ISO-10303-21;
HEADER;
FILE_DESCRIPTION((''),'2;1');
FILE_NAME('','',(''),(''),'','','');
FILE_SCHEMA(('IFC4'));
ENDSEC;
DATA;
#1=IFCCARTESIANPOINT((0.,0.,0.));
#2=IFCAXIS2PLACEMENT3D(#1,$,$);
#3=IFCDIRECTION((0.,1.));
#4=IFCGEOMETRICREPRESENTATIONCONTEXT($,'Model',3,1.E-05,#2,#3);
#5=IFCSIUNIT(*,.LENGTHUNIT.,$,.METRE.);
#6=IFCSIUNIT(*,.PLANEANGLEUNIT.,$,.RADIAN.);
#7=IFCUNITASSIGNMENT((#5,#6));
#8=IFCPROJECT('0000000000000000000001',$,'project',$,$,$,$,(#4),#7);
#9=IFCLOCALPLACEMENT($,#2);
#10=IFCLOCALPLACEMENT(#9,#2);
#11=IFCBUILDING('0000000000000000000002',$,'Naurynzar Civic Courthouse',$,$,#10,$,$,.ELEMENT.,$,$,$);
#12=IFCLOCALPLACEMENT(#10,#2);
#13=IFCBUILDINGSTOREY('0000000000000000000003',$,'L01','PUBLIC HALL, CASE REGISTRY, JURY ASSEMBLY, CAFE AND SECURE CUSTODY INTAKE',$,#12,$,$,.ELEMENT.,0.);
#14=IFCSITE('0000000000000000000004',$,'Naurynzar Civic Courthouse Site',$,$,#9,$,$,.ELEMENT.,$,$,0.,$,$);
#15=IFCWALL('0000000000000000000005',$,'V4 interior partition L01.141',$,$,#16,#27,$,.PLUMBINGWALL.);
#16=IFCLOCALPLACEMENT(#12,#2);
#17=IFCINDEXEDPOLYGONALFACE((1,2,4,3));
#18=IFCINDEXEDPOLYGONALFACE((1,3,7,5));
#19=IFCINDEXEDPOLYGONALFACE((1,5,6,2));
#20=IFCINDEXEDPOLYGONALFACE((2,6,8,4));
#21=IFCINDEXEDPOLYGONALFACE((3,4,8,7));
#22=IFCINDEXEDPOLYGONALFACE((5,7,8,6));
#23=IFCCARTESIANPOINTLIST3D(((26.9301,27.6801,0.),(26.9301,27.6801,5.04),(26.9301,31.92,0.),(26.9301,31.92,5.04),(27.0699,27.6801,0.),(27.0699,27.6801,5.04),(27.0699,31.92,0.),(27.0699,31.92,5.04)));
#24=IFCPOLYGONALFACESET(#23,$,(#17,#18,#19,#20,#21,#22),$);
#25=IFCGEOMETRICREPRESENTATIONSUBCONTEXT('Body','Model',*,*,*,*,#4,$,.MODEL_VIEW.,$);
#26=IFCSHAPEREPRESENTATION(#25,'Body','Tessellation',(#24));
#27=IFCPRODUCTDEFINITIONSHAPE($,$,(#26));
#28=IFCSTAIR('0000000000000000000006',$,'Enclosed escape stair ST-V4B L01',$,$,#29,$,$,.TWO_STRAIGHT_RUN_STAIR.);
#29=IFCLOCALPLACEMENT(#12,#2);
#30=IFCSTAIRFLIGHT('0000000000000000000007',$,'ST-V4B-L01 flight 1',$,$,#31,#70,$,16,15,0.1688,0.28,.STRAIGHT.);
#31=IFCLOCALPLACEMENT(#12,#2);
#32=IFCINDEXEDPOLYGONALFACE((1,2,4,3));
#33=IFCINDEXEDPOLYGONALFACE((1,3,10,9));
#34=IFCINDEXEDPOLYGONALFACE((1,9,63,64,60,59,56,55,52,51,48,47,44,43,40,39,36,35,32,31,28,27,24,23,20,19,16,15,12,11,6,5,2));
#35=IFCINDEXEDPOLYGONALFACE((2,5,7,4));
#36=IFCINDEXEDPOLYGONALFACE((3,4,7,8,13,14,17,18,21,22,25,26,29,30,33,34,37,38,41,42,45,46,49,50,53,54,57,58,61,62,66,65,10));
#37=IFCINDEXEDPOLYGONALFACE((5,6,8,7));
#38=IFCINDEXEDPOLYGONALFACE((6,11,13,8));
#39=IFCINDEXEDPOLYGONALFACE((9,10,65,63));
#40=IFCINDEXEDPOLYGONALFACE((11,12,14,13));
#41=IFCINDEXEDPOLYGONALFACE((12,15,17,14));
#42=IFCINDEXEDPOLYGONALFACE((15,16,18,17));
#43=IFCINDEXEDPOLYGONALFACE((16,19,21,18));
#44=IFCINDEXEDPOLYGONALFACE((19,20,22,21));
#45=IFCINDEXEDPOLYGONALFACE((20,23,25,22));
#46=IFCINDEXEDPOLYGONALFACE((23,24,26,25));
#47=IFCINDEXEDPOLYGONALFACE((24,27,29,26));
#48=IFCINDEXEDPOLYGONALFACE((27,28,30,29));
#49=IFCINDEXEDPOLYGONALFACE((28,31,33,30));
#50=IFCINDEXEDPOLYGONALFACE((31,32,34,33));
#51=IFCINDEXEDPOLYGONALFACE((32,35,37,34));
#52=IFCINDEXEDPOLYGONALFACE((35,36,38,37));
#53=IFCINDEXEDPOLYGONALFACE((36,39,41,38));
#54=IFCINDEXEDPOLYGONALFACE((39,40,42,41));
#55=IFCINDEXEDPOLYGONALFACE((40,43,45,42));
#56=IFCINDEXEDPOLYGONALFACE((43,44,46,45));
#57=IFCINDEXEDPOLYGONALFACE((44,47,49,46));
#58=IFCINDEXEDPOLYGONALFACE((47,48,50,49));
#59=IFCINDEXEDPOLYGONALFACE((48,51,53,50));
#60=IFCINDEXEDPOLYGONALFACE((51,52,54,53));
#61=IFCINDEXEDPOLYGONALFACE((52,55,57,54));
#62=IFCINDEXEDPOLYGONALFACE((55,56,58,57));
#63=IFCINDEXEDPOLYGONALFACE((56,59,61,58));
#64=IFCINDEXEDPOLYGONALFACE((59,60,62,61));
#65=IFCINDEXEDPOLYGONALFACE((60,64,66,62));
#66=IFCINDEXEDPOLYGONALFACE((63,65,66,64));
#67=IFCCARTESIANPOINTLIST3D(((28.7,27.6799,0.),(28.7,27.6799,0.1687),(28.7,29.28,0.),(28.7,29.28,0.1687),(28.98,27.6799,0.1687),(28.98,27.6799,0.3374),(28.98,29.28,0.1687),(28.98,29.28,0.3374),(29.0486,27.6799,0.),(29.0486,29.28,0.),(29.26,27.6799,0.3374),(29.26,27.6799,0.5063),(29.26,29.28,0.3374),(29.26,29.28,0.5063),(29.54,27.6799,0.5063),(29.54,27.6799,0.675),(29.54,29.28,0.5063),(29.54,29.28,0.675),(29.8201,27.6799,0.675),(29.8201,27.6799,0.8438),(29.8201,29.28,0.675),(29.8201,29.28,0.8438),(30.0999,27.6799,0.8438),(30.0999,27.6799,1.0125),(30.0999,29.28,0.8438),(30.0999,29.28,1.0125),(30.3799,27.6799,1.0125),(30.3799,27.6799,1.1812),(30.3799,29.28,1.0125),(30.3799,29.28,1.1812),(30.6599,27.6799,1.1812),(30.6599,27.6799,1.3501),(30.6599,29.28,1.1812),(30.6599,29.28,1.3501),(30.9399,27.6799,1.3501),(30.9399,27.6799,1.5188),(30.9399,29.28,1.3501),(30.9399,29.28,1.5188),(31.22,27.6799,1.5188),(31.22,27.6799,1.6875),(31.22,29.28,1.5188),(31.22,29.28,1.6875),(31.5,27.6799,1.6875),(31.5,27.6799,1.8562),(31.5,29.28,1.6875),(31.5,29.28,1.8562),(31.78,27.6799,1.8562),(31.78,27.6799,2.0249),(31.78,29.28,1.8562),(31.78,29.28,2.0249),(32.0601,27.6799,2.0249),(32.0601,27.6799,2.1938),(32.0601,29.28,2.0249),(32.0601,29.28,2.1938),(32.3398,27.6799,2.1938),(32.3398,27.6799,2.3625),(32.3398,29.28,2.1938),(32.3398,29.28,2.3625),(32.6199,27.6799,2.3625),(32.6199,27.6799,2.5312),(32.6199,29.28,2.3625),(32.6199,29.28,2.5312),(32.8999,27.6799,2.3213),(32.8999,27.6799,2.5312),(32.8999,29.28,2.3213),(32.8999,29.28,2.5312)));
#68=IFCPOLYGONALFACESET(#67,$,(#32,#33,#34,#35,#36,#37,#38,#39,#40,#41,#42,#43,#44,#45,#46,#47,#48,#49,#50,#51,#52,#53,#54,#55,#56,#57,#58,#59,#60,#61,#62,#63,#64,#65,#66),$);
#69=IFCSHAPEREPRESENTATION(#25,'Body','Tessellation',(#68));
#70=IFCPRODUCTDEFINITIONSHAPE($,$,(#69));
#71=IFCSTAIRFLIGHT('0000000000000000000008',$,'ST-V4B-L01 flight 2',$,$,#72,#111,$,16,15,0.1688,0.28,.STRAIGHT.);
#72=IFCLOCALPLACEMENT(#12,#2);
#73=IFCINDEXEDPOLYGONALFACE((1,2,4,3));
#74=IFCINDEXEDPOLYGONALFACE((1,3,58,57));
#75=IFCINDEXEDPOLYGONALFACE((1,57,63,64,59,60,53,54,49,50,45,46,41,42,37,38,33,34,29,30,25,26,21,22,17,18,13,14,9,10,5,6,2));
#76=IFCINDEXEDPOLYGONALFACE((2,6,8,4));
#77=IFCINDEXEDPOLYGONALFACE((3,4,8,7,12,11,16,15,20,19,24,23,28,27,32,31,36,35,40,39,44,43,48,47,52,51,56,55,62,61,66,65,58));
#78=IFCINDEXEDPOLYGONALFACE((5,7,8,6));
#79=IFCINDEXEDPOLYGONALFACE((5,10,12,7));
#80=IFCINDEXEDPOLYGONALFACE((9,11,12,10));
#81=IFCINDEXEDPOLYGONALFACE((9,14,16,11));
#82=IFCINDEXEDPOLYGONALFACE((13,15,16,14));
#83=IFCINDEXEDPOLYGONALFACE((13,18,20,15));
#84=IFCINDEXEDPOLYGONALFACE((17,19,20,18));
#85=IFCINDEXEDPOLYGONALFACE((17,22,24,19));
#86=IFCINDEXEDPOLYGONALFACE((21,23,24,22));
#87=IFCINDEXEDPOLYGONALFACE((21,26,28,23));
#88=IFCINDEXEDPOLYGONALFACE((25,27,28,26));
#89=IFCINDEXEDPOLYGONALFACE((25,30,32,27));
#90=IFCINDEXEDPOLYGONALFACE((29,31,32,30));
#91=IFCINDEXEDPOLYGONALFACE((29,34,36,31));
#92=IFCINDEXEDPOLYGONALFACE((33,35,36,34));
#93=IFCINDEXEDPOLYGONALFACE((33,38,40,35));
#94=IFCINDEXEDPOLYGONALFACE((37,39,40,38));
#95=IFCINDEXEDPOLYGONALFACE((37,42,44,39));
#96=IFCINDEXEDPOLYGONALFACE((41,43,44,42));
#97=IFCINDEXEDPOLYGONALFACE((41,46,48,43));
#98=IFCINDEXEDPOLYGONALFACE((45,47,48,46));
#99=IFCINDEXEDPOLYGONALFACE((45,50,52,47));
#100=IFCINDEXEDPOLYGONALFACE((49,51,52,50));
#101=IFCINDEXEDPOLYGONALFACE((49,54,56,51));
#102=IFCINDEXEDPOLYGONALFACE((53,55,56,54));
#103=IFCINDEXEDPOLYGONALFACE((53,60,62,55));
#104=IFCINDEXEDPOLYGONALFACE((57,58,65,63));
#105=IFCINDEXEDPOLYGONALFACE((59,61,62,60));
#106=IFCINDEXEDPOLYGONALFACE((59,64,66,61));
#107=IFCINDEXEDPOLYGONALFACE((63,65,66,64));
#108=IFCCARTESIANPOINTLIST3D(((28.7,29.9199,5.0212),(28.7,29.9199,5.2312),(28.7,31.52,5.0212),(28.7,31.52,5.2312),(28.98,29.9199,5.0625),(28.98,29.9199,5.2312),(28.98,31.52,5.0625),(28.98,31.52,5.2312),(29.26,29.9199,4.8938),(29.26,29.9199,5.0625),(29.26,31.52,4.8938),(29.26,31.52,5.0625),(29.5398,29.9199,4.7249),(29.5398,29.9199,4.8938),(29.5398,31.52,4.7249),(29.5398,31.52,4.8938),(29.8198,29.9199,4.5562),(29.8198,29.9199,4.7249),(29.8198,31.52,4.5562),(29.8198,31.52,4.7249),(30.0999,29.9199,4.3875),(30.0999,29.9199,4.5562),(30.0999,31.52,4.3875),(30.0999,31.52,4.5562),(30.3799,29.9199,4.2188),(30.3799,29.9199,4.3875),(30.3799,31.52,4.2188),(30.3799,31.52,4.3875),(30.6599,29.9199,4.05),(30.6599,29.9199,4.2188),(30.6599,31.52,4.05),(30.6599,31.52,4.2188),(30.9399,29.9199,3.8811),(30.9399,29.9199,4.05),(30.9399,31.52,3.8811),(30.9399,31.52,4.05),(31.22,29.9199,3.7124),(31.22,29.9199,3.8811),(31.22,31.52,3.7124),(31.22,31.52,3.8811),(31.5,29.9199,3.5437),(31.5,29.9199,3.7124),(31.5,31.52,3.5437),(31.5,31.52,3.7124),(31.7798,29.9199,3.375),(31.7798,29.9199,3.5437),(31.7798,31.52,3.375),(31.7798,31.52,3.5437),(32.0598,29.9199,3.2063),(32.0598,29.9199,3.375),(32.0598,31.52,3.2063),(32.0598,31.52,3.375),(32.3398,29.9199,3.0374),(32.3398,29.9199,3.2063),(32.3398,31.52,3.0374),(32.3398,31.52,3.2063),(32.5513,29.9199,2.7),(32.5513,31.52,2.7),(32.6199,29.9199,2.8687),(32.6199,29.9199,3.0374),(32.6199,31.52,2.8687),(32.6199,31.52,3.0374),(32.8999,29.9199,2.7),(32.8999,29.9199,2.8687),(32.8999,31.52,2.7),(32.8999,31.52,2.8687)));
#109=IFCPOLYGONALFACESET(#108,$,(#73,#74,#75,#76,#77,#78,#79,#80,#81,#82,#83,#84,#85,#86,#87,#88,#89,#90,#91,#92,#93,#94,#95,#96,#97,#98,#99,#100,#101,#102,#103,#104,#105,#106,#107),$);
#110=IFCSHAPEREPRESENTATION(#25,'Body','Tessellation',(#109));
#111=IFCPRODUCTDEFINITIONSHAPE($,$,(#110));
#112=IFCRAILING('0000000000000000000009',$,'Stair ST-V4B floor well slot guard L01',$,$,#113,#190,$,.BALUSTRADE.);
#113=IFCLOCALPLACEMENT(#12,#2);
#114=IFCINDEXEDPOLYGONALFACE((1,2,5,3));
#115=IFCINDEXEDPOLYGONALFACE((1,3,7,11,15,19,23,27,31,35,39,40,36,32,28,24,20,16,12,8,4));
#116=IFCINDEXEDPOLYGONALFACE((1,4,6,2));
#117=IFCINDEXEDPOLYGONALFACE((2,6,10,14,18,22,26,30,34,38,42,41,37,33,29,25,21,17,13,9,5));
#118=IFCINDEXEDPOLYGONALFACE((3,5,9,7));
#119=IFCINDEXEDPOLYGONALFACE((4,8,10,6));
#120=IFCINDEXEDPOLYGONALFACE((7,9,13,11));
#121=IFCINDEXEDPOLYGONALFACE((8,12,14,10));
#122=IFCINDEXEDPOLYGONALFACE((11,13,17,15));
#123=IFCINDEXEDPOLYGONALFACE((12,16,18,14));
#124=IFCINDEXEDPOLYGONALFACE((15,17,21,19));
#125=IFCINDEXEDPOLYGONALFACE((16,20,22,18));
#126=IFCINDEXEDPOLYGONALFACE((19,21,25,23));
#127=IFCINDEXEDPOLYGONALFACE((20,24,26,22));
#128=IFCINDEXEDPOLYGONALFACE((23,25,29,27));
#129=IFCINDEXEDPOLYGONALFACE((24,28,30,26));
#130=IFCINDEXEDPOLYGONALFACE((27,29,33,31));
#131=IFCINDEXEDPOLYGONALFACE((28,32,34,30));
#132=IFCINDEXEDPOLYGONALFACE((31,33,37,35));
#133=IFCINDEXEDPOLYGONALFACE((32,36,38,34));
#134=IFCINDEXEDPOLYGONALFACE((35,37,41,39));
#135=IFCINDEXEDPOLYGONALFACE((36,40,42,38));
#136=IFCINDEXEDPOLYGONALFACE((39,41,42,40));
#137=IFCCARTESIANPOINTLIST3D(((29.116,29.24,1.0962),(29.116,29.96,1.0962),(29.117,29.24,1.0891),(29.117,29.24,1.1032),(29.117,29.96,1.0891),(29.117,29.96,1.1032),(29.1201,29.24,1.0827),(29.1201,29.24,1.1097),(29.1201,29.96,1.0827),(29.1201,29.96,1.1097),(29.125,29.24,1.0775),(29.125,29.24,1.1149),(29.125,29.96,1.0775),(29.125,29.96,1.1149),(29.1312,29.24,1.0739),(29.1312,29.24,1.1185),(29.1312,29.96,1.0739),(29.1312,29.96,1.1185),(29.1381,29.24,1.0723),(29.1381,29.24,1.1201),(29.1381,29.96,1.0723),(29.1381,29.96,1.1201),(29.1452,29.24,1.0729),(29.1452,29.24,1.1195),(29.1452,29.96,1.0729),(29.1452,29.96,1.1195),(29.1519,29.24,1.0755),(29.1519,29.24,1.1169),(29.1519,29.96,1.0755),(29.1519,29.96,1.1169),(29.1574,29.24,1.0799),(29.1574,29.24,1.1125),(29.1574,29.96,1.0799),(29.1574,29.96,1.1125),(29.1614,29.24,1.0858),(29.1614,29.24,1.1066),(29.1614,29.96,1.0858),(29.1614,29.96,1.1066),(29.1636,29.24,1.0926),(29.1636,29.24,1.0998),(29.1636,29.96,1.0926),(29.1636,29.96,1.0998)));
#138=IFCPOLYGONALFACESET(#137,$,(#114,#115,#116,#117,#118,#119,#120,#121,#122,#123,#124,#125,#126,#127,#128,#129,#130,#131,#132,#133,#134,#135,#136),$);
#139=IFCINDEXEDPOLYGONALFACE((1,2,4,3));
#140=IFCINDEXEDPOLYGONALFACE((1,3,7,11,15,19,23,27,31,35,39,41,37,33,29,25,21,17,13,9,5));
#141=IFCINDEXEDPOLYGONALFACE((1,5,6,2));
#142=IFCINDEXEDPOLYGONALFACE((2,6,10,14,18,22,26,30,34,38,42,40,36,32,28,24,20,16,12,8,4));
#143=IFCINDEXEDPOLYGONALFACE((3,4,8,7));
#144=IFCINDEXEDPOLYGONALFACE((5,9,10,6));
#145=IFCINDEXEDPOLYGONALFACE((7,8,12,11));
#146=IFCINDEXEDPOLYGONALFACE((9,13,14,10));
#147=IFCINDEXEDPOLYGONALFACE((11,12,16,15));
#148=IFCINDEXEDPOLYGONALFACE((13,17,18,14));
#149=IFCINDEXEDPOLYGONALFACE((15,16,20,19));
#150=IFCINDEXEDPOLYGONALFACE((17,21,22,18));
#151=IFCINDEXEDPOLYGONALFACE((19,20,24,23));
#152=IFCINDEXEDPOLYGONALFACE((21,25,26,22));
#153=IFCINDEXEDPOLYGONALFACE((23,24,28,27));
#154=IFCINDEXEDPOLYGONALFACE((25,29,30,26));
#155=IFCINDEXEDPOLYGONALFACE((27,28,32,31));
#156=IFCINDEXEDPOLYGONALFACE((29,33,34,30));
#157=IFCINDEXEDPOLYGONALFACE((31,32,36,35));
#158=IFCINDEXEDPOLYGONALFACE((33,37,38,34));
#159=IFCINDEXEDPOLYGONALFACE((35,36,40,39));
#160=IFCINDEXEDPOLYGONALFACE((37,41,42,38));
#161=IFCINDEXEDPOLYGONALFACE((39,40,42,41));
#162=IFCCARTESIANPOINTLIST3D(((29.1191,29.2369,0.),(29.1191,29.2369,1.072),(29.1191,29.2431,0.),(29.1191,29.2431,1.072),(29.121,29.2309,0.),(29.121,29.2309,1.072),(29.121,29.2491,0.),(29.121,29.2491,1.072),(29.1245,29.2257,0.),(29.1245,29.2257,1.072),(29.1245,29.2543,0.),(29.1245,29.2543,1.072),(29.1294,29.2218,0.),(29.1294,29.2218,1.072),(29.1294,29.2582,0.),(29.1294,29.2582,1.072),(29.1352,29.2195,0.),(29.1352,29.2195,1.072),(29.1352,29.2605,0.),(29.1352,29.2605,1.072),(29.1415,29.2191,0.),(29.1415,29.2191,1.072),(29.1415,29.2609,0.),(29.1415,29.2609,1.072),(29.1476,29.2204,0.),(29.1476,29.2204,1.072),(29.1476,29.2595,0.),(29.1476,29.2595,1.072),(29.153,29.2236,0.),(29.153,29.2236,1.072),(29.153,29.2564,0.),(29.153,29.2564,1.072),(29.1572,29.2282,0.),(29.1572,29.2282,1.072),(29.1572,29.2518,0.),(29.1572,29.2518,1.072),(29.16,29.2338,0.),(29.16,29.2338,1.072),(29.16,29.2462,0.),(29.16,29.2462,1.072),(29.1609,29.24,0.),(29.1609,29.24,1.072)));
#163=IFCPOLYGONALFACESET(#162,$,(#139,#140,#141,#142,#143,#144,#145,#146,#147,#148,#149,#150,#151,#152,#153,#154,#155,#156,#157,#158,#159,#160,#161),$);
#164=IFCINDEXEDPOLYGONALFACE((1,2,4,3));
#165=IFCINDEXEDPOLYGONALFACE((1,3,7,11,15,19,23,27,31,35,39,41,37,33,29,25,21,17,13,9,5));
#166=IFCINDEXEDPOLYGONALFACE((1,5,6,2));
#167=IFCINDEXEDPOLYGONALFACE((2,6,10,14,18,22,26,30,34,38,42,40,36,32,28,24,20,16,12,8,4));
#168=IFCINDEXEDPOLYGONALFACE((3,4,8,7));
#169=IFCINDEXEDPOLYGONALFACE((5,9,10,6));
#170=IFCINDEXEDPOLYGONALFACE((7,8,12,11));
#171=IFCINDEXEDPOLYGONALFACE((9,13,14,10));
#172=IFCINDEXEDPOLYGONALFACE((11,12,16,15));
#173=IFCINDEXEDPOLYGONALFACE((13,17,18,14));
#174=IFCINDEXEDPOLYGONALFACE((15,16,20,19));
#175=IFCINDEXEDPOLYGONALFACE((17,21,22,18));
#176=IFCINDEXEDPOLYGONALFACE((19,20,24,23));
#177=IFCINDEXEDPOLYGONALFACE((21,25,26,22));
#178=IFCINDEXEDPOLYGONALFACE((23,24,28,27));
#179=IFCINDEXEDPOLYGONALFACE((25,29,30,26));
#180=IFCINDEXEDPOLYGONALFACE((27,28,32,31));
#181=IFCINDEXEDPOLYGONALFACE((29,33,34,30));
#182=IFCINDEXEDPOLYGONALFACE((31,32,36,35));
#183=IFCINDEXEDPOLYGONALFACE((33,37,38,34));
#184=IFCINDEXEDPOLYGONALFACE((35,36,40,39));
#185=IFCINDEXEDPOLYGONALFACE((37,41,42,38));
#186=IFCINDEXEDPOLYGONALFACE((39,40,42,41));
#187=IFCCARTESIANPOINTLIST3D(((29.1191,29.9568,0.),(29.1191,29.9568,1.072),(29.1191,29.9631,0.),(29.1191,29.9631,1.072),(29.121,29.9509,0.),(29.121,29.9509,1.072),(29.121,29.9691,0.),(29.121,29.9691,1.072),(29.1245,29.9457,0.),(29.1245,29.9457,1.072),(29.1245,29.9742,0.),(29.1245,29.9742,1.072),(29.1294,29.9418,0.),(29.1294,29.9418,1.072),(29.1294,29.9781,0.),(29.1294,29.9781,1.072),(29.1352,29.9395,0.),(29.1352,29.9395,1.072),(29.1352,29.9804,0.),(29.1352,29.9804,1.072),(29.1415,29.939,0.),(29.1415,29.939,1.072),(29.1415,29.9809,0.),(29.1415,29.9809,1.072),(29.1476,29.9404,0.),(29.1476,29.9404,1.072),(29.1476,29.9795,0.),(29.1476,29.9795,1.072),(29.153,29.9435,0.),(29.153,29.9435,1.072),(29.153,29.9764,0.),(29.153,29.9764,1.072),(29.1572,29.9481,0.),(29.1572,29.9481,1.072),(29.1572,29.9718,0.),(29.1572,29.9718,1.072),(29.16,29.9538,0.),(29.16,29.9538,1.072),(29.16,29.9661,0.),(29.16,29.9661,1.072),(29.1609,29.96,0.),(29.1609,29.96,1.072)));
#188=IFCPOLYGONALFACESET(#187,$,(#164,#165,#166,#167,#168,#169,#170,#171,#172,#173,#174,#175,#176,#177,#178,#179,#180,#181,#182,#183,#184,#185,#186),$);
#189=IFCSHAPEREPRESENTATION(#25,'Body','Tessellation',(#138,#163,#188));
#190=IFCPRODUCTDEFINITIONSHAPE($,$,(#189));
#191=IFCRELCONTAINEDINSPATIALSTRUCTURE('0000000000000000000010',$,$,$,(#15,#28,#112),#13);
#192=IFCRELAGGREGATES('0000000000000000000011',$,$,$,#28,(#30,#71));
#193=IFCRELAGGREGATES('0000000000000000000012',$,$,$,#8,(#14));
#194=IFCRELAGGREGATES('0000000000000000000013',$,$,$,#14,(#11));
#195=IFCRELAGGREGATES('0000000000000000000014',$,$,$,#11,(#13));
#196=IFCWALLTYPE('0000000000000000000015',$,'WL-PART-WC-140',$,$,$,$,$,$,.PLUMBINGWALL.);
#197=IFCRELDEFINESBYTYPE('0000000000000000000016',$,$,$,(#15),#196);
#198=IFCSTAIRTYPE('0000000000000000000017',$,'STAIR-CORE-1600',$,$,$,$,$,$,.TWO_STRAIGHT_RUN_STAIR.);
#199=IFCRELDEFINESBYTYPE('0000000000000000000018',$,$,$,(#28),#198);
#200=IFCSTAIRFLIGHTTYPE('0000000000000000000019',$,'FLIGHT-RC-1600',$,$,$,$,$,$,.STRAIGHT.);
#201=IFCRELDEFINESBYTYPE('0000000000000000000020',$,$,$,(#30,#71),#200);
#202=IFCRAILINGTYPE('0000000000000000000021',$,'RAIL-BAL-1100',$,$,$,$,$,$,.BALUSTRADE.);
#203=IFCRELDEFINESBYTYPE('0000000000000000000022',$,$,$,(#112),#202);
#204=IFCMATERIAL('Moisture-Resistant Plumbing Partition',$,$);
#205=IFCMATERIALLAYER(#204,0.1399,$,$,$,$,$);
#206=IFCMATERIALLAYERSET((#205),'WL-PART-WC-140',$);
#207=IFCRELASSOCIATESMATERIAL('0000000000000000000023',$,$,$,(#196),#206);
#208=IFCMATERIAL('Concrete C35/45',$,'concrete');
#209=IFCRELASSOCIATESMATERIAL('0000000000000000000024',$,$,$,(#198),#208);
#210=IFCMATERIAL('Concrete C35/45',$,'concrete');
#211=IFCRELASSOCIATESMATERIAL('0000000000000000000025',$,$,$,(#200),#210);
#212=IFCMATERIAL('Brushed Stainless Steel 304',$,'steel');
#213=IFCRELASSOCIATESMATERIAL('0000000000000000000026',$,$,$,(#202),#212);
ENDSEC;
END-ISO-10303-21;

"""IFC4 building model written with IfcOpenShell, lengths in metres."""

from ifc_helpers import new_model, si_unit, direction, frame, frame_2d, origin, origin_2d, place, context, subcontext, project, spatial, polyline, rectangle, circle, outline, extrude, material, layer, layer_set, type_object, element, aggregate, save


model = new_model("IFC4")

# Units and contexts
model_context = context("Model", 3, precision=1e-05, world=origin(), true_north=direction((0.0, 1.0)))
body_context = subcontext(model_context, "Body", "Model", "MODEL_VIEW")
ifc_project = project(units=[si_unit("LENGTHUNIT", "METRE"), si_unit("PLANEANGLEUNIT", "RADIAN")], contexts=[model_context])

# Site, building, storey
site_placement = place(None, origin())
site = spatial("IfcSite", under=ifc_project, at=site_placement, Name="Naurynzar Civic Courthouse Site", CompositionType="ELEMENT", RefElevation=0.0)
building_placement = place(site_placement, origin())
building = spatial("IfcBuilding", under=site, at=building_placement, Name="Naurynzar Civic Courthouse", CompositionType="ELEMENT")
storey_placement = place(building_placement, origin())
storey = spatial("IfcBuildingStorey", under=building, at=storey_placement, Name="L01", Description="PUBLIC HALL, CASE REGISTRY, JURY ASSEMBLY, CAFE AND SECURE CUSTODY INTAKE", CompositionType="ELEMENT", Elevation=0.0)

# Shared definitions
ifc_material_1 = material(Name="Moisture-Resistant Plumbing Partition")
ifc_layer_1 = layer(ifc_material_1, 0.1399)
ifc_layer_set_1 = layer_set([ifc_layer_1], Name="WL-PART-WC-140")
wall_type_1 = type_object("IfcWallType", Name="WL-PART-WC-140", PredefinedType="PLUMBINGWALL", material=ifc_layer_set_1)

# Wall
for number, where, z_axis, x_axis, name in (
    (1, (27.0, 27.6799, 0.0), (0.0, 0.0, 1.0), (0.0, 1.0, 0.0), "V4 interior partition L01.141"),
):
    element("IfcWall", number, at=place(storey_placement, frame(where, z_axis=z_axis, x_axis=x_axis)), inside=storey, type_object=wall_type_1, Name=name, PredefinedType="PLUMBINGWALL", context=body_context, shape_type="SweptSolid", body=[
        extrude(rectangle(XDim=4.24, YDim=0.1399, at=frame_2d((2.1201, 0.0))), origin(), (0.0, 0.0, 1.0), 5.04),
    ])

# Stair, stair flights
ifc_material_2 = material(Name="Concrete C35/45", Category="concrete")
stair_type = type_object("IfcStairType", Name="STAIR-CORE-1600", PredefinedType="TWO_STRAIGHT_RUN_STAIR", material=ifc_material_2)
stair_placement = place(storey_placement, origin())
stair = element("IfcStair", 2, at=stair_placement, inside=storey, type_object=stair_type, Name="Enclosed escape stair ST-V4B L01", PredefinedType="TWO_STRAIGHT_RUN_STAIR")
ifc_material_3 = material(Name="Concrete C35/45", Category="concrete")
stair_flight_type = type_object("IfcStairFlightType", Name="FLIGHT-RC-1600", PredefinedType="STRAIGHT", material=ifc_material_3)
stair_flight_1_placement = place(storey_placement, frame((28.7, 28.48, 0.0), z_axis=(0.0, 0.0, 1.0), x_axis=(1.0, 0.0, 0.0)))
stair_flight_1 = element("IfcStairFlight", 3, at=stair_flight_1_placement, type_object=stair_flight_type, Name="ST-V4B-L01 flight 1", NumberOfRisers=16, NumberOfTreads=15, PredefinedType="STRAIGHT", RiserHeight=0.1688, TreadLength=0.28, context=body_context, shape_type="SweptSolid", body=[
    extrude(outline(polyline([(0.0, 0.0), (0.0, 0.1687), (0.28, 0.1687), (0.28, 0.3374), (0.5601, 0.3374), (0.5601, 0.5063), (0.8401, 0.5063), (0.8401, 0.675), (1.1201, 0.675), (1.1201, 0.8438), (1.3999, 0.8438), (1.3999, 1.0125), (1.6799, 1.0125), (1.6799, 1.1812), (1.96, 1.1812), (1.96, 1.3501), (2.24, 1.3501), (2.24, 1.5188), (2.52, 1.5188), (2.52, 1.6875), (2.8, 1.6875), (2.8, 1.8562), (3.0801, 1.8562), (3.0801, 2.0249), (3.3601, 2.0249), (3.3601, 2.1938), (3.6399, 2.1938), (3.6399, 2.3625), (3.9199, 2.3625), (3.9199, 2.5312), (4.2, 2.5312), (4.2, 2.7), (4.2, 2.3213), (0.3486, 0.0), (0.0, 0.0)])), frame((0.0, 0.8, 0.0), z_axis=(0.0, -1.0, 0.0), x_axis=(1.0, 0.0, 0.0)), (0.0, 0.0, 1.0), 1.6001),
])
stair_flight_2_placement = place(storey_placement, frame((32.8999, 30.72, 2.7), z_axis=(0.0, 0.0, 1.0), x_axis=(-1.0, 0.0, 0.0)))
stair_flight_2 = element("IfcStairFlight", 4, at=stair_flight_2_placement, type_object=stair_flight_type, Name="ST-V4B-L01 flight 2", NumberOfRisers=16, NumberOfTreads=15, PredefinedType="STRAIGHT", RiserHeight=0.1688, TreadLength=0.28, context=body_context, shape_type="SweptSolid", body=[
    extrude(outline(polyline([(0.0, 0.0), (0.0, 0.1687), (0.28, 0.1687), (0.28, 0.3374), (0.5601, 0.3374), (0.5601, 0.5063), (0.8401, 0.5063), (0.8401, 0.675), (1.1201, 0.675), (1.1201, 0.8438), (1.3999, 0.8438), (1.3999, 1.0125), (1.6799, 1.0125), (1.6799, 1.1812), (1.96, 1.1812), (1.96, 1.3501), (2.24, 1.3501), (2.24, 1.5188), (2.52, 1.5188), (2.52, 1.6875), (2.8, 1.6875), (2.8, 1.8562), (3.0801, 1.8562), (3.0801, 2.0249), (3.3601, 2.0249), (3.3601, 2.1938), (3.6399, 2.1938), (3.6399, 2.3625), (3.9199, 2.3625), (3.9199, 2.5312), (4.2, 2.5312), (4.2, 2.7), (4.2, 2.3213), (0.3486, 0.0), (0.0, 0.0)])), frame((0.0, 0.8, 0.0), z_axis=(0.0, -1.0, 0.0), x_axis=(1.0, 0.0, 0.0)), (0.0, 0.0, 1.0), 1.6001),
])
aggregate(stair, [stair_flight_1, stair_flight_2])

# Railing
ifc_material_4 = material(Name="Brushed Stainless Steel 304", Category="steel")
railing_type_1 = type_object("IfcRailingType", Name="RAIL-BAL-1100", PredefinedType="BALUSTRADE", material=ifc_material_4)
for number, where, name in (
    (5, (29.1399, 29.24, 0.0), "Stair ST-V4B floor well slot guard L01"),
):
    element("IfcRailing", number, at=place(storey_placement, frame(where)), inside=storey, type_object=railing_type_1, Name=name, PredefinedType="BALUSTRADE", context=body_context, shape_type="SweptSolid", body=[
        extrude(circle(Radius=0.0239, at=origin_2d()), frame((0.0, 0.0, 1.0962), z_axis=(0.0, 1.0, 0.0), x_axis=(-1.0, 0.0, 0.0)), (0.0, 0.0, 1.0), 0.72),
        extrude(circle(Radius=0.021, at=origin_2d()), origin(), (0.0, 0.0, 1.0), 1.072),
        extrude(circle(Radius=0.021, at=origin_2d()), frame((0.0, 0.72, 0.0)), (0.0, 0.0, 1.0), 1.072),
    ])

save(model, "model.ifc")
